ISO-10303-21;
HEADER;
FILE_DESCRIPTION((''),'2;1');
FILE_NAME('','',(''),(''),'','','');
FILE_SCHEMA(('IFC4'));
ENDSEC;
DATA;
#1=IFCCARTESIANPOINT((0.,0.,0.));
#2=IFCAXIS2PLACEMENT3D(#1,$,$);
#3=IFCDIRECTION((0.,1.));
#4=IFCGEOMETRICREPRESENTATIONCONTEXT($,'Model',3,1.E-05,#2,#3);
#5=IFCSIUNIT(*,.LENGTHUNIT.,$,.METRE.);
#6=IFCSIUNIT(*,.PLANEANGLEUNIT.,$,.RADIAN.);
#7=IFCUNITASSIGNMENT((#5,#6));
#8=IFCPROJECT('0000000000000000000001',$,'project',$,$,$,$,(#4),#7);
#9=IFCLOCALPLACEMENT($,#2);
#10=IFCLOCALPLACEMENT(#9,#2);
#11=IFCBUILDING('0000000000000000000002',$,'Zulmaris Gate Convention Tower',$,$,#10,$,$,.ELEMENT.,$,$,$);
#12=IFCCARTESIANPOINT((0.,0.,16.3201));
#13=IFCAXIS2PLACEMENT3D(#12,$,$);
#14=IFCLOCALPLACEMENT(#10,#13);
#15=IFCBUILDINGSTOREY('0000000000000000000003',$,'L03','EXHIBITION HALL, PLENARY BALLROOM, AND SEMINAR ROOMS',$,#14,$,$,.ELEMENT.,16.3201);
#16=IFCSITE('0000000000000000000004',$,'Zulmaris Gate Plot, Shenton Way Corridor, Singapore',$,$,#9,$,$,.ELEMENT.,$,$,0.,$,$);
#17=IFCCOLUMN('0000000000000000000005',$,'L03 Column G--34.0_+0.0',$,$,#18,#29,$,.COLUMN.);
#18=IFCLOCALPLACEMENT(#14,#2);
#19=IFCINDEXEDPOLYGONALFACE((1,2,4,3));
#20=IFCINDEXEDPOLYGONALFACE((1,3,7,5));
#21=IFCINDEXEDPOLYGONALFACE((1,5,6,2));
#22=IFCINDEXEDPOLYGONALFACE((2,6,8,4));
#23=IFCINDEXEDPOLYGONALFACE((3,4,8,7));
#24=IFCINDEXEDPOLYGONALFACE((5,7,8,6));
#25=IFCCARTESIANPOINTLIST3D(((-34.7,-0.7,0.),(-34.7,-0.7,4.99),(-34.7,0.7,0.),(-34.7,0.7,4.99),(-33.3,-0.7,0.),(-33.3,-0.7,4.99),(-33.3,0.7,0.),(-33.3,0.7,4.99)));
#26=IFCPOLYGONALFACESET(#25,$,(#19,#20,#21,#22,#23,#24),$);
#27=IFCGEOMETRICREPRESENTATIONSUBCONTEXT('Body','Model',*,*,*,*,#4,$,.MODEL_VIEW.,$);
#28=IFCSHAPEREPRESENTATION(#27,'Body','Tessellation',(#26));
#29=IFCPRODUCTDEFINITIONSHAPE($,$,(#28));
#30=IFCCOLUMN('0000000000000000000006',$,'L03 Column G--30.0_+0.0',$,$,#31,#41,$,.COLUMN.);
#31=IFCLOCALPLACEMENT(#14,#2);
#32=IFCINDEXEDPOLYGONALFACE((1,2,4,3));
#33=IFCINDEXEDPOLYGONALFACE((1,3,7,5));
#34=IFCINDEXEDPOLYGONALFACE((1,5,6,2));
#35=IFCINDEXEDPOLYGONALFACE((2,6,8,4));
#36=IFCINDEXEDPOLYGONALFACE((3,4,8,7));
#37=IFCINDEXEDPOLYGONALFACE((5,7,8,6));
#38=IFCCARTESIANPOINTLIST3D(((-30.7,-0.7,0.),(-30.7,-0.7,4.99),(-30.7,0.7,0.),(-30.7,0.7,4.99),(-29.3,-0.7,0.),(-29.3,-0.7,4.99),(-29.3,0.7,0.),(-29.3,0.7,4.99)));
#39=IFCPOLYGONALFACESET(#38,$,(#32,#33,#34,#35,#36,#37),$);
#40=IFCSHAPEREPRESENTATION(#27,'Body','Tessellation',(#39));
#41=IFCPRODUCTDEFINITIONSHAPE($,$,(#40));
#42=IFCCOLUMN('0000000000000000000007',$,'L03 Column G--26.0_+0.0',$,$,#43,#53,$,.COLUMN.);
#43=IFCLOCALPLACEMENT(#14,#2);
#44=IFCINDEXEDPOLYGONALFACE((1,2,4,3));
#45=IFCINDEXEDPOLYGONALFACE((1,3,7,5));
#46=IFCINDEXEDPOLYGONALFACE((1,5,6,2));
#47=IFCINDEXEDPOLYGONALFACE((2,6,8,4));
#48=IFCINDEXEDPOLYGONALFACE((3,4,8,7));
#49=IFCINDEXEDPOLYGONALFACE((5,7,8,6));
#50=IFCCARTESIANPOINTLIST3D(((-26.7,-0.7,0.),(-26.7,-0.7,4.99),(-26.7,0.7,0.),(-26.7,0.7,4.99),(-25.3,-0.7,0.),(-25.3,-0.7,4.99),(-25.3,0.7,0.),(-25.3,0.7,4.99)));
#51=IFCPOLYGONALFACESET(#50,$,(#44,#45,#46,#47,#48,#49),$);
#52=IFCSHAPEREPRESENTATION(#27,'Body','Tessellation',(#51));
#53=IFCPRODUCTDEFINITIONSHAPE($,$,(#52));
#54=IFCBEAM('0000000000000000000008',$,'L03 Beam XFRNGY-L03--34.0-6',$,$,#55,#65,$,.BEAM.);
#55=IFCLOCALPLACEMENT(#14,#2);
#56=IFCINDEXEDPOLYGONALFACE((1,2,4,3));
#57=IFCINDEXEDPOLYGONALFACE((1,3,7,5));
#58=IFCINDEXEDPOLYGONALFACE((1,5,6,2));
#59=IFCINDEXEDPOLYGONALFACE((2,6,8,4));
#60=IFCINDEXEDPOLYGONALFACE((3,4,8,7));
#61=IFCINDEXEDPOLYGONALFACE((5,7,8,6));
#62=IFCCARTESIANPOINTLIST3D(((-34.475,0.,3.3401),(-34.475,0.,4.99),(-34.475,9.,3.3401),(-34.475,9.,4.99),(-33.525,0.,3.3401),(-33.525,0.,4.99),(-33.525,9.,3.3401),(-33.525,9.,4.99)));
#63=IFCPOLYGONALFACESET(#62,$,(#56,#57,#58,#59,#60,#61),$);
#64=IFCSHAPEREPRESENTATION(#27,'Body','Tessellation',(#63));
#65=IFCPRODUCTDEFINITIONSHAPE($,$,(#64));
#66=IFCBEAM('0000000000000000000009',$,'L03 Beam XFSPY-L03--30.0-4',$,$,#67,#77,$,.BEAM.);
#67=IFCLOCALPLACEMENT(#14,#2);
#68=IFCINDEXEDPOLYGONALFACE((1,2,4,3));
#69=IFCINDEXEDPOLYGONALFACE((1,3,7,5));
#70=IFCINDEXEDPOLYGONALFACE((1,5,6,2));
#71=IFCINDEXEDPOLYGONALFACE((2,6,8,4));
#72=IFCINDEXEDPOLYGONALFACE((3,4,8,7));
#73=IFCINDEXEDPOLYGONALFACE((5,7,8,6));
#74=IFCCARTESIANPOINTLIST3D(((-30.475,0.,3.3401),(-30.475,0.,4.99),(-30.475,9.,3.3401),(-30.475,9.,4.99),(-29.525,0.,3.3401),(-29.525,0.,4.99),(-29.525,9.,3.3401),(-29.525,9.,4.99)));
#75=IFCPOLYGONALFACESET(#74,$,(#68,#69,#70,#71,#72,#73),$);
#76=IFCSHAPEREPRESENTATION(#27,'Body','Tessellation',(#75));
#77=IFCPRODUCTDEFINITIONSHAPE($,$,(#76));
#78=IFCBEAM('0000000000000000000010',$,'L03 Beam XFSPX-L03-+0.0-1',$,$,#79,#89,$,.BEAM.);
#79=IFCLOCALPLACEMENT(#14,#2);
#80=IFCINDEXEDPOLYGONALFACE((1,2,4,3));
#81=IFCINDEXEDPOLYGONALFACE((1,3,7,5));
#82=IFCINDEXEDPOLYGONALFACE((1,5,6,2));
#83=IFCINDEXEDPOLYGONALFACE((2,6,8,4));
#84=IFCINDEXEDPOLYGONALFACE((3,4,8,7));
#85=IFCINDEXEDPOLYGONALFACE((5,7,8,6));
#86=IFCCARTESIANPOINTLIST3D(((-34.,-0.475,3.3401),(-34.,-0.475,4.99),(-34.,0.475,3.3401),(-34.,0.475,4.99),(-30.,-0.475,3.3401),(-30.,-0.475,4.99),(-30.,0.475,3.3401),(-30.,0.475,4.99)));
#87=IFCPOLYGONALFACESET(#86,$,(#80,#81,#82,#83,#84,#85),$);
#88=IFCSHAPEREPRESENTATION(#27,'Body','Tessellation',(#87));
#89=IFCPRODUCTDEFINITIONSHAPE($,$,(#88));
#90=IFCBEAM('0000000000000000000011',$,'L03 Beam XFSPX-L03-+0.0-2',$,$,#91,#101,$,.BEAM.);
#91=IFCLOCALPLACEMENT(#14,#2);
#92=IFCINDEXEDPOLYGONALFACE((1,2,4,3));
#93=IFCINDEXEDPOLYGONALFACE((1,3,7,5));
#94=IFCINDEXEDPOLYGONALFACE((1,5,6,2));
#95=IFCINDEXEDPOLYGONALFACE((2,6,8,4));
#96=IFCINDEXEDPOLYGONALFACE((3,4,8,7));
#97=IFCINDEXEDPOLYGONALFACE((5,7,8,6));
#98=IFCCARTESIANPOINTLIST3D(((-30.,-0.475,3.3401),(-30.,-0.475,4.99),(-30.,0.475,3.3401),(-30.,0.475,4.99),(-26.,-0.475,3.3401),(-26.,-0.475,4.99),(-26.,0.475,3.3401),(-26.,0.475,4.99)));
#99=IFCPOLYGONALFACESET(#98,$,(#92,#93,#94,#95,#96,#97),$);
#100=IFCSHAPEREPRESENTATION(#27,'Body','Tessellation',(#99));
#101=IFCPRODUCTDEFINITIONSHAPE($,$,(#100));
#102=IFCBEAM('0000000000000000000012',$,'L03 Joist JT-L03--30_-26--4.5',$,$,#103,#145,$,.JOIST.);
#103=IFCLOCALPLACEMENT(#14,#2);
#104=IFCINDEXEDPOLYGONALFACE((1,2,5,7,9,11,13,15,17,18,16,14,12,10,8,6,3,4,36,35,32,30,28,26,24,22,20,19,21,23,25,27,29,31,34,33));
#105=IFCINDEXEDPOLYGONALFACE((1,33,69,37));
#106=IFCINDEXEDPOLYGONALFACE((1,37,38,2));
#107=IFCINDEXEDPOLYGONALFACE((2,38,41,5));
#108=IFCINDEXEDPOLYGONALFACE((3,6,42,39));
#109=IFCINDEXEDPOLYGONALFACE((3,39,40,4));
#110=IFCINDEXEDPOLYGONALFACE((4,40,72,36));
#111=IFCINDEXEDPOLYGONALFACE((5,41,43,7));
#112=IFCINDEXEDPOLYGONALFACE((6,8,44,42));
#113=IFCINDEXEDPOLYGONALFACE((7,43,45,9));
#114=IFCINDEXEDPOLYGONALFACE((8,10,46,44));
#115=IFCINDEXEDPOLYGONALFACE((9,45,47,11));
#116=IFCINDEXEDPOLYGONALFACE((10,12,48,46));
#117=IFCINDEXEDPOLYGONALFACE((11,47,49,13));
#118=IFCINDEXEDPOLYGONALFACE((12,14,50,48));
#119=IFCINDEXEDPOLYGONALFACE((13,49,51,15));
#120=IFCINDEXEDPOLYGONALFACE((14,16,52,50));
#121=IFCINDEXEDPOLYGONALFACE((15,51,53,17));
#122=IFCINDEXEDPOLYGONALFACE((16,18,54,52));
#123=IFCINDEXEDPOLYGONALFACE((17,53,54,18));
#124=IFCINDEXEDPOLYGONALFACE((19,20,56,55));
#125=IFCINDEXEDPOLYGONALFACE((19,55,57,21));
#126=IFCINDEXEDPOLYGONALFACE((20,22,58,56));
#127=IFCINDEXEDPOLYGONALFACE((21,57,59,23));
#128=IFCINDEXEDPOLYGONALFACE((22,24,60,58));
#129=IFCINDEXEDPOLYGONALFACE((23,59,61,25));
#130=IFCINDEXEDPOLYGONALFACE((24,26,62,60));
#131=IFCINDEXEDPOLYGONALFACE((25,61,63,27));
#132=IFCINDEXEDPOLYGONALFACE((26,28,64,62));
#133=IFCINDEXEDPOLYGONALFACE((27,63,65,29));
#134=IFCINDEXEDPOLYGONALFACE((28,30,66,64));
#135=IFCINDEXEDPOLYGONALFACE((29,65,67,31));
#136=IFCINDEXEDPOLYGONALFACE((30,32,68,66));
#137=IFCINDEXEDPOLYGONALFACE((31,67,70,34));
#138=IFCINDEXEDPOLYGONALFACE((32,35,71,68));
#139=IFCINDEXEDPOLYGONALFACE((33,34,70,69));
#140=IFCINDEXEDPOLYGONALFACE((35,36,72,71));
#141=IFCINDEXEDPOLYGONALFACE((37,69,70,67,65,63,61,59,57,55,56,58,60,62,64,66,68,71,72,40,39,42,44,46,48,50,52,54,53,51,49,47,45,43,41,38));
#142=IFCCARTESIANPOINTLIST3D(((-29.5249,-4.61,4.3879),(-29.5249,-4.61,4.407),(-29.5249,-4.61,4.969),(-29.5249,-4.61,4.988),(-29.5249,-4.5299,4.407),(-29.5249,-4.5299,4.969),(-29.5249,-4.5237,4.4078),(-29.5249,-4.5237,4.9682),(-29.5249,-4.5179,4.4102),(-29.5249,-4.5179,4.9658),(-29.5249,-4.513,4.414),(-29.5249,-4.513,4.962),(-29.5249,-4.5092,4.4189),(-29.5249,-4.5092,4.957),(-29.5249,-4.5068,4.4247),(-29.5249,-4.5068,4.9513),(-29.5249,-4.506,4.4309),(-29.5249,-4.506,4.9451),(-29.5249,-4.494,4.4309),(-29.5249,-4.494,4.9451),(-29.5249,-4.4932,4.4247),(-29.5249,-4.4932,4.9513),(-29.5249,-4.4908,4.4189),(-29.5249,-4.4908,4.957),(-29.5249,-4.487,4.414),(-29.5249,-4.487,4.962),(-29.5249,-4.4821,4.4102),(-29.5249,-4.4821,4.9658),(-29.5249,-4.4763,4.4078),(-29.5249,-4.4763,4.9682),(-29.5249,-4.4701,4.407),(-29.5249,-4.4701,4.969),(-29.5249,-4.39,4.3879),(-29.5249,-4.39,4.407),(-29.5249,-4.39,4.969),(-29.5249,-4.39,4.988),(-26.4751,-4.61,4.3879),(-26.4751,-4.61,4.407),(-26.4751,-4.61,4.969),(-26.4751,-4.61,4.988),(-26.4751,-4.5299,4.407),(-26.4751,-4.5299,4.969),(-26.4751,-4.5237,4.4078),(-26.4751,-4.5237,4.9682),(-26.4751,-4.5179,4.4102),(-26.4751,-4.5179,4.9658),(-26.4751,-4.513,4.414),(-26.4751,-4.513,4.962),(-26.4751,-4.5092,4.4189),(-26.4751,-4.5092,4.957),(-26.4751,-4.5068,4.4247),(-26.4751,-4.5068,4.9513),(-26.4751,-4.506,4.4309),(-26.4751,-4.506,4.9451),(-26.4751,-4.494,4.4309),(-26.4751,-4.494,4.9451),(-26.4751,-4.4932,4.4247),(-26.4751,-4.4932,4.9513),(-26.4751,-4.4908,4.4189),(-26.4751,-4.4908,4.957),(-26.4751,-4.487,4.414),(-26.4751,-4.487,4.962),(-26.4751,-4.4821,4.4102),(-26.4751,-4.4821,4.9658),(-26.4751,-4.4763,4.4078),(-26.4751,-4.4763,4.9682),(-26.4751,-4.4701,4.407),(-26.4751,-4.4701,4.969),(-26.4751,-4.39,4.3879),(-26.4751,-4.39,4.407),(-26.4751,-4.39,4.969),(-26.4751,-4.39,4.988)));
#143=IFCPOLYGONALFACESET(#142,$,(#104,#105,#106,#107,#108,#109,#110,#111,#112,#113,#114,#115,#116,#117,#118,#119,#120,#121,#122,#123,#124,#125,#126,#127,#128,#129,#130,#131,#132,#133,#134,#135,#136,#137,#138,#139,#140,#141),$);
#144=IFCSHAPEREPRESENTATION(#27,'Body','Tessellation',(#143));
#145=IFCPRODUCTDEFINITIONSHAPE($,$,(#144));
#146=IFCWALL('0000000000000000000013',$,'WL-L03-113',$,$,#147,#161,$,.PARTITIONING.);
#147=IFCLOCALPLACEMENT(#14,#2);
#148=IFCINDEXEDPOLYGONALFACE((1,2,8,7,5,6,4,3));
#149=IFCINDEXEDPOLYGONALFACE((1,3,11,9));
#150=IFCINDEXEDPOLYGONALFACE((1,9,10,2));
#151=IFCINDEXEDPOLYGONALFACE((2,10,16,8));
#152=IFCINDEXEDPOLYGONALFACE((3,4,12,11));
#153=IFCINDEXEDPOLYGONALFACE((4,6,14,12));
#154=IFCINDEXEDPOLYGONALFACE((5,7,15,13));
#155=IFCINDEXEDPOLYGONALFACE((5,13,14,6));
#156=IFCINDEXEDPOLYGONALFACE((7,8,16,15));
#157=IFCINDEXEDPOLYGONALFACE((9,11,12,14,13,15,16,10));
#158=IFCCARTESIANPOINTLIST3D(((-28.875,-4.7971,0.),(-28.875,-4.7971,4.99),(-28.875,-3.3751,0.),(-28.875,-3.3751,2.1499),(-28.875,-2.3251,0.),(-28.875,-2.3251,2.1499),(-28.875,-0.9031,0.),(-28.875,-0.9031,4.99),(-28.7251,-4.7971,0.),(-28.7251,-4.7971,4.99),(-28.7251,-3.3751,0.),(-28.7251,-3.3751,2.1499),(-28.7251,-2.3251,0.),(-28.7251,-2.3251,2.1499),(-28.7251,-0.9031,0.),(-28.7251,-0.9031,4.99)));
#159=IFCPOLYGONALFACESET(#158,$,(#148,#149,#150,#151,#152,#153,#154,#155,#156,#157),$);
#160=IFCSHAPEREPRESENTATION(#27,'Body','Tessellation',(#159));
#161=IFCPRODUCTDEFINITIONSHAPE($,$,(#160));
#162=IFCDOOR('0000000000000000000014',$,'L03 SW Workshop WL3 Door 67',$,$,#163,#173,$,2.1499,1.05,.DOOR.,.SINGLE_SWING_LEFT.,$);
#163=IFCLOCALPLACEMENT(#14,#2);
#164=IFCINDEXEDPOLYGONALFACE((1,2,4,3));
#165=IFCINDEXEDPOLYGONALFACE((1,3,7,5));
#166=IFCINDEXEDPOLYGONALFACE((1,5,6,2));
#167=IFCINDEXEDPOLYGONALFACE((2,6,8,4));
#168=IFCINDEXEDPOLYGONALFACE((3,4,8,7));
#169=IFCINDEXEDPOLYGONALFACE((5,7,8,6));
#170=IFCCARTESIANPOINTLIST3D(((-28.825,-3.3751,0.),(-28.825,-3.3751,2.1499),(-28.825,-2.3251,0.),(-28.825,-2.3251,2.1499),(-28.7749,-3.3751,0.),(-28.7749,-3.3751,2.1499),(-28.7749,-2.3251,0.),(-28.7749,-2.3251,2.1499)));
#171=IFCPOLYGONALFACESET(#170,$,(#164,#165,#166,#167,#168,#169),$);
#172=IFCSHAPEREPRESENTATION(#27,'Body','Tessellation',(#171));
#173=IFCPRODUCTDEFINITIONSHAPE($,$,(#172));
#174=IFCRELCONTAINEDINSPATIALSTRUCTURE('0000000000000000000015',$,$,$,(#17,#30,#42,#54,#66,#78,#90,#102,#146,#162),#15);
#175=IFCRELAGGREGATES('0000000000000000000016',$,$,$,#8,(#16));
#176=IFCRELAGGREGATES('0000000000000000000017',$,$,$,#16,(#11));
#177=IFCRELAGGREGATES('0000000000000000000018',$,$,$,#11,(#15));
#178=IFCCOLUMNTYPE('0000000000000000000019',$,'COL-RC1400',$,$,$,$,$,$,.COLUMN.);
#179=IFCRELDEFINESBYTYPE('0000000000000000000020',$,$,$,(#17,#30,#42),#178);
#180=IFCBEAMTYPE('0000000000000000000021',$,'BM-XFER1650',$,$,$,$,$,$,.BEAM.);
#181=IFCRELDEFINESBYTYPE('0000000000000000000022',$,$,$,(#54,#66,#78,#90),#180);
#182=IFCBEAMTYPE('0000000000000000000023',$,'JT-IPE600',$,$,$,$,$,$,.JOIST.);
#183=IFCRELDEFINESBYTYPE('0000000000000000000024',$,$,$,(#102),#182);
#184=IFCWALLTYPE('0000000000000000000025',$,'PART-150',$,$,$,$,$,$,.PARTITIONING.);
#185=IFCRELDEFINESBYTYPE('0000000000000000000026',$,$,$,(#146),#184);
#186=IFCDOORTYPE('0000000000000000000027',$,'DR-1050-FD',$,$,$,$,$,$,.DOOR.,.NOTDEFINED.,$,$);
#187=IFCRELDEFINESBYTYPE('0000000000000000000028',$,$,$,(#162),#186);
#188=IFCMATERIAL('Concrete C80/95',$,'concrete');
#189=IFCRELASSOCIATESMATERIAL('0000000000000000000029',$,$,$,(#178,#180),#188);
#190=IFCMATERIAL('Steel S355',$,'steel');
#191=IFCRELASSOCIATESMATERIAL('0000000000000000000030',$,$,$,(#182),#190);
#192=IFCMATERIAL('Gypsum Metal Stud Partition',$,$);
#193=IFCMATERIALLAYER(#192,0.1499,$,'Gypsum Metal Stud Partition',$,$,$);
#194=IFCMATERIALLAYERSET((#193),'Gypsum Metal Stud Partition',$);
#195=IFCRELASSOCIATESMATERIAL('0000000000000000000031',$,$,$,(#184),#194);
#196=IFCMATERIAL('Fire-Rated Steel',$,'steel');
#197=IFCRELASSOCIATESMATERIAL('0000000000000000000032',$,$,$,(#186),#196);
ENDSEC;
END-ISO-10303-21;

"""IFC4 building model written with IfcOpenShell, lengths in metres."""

from ifc_helpers import new_model, si_unit, direction, frame, frame_2d, origin, origin_2d, place, context, subcontext, project, spatial, rectangle, i_section, extrude, material, layer, layer_set, material_profile, profile_set, type_object, element, fill, save


model = new_model("IFC4")

# Units and contexts
model_context = context("Model", 3, precision=1e-05, world=origin(), true_north=direction((0.0, 1.0)))
body_context = subcontext(model_context, "Body", "Model", "MODEL_VIEW")
ifc_project = project(units=[si_unit("LENGTHUNIT", "METRE"), si_unit("PLANEANGLEUNIT", "RADIAN")], contexts=[model_context])

# Site, building, storey
site_placement = place(None, origin())
site = spatial("IfcSite", under=ifc_project, at=site_placement, Name="Zulmaris Gate Plot, Shenton Way Corridor, Singapore", CompositionType="ELEMENT", RefElevation=0.0)
building_placement = place(site_placement, origin())
building = spatial("IfcBuilding", under=site, at=building_placement, Name="Zulmaris Gate Convention Tower", CompositionType="ELEMENT")
storey_placement = place(building_placement, frame((0.0, 0.0, 16.3201)))
storey = spatial("IfcBuildingStorey", under=building, at=storey_placement, Name="L03", Description="EXHIBITION HALL, PLENARY BALLROOM, AND SEMINAR ROOMS", CompositionType="ELEMENT", Elevation=16.3201)

# Columns
ifc_material_1 = material(Name="Concrete C80/95", Category="concrete")
ifc_material_profile_1 = material_profile(ifc_material_1, rectangle(XDim=1.3999, YDim=1.3999, at=origin_2d()), Name="RC COL 1400x1400")
ifc_profile_set_1 = profile_set([ifc_material_profile_1], Name="Concrete C80/95")
column_type = type_object("IfcColumnType", Name="COL-RC1400", PredefinedType="COLUMN", material=ifc_profile_set_1)
for number, where, z_axis, x_axis, name in (
    (1, (-34.0, 0.0, 0.0), (0.0, 0.0, 1.0), (1.0, 0.0, 0.0), "L03 Column G--34.0_+0.0"),
    (2, (-30.0, 0.0, 0.0), (0.0, 0.0, 1.0), (1.0, 0.0, 0.0), "L03 Column G--30.0_+0.0"),
    (3, (-26.0, 0.0, 0.0), (0.0, 0.0, 1.0), (1.0, 0.0, 0.0), "L03 Column G--26.0_+0.0"),
):
    element("IfcColumn", number, at=place(storey_placement, frame(where, z_axis=z_axis, x_axis=x_axis)), inside=storey, type_object=column_type, Name=name, PredefinedType="COLUMN", context=body_context, shape_type="SweptSolid", body=[
        extrude(rectangle(XDim=1.3999, YDim=1.3999, at=origin_2d()), origin(), (0.0, 0.0, 1.0), 4.99),
    ])

# Beams
ifc_material_profile_2 = material_profile(ifc_material_1, rectangle(XDim=0.95, YDim=1.6499, at=origin_2d()), Name="RC TRANSFER 950x1650")
ifc_profile_set_2 = profile_set([ifc_material_profile_2], Name="Concrete C80/95")
beam_type_1 = type_object("IfcBeamType", Name="BM-XFER1650", PredefinedType="BEAM", material=ifc_profile_set_2)
for number, where, z_axis, x_axis, name in (
    (4, (-34.0, 0.0, 4.165), (0.0, 1.0, 0.0), (-1.0, 0.0, 0.0), "L03 Beam XFRNGY-L03--34.0-6"),
    (5, (-30.0, 0.0, 4.165), (0.0, 1.0, 0.0), (-1.0, 0.0, 0.0), "L03 Beam XFSPY-L03--30.0-4"),
):
    element("IfcBeam", number, at=place(storey_placement, frame(where, z_axis=z_axis, x_axis=x_axis)), inside=storey, type_object=beam_type_1, Name=name, PredefinedType="BEAM", context=body_context, shape_type="SweptSolid", body=[
        extrude(rectangle(XDim=0.95, YDim=1.6499, at=origin_2d()), origin(), (0.0, 0.0, 1.0), 9.0),
    ])
for number, where, z_axis, x_axis, name in (
    (6, (-34.0, 0.0, 4.165), (1.0, 0.0, 0.0), (0.0, 1.0, 0.0), "L03 Beam XFSPX-L03-+0.0-1"),
    (7, (-30.0, 0.0, 4.165), (1.0, 0.0, 0.0), (0.0, 1.0, 0.0), "L03 Beam XFSPX-L03-+0.0-2"),
):
    element("IfcBeam", number, at=place(storey_placement, frame(where, z_axis=z_axis, x_axis=x_axis)), inside=storey, type_object=beam_type_1, Name=name, PredefinedType="BEAM", context=body_context, shape_type="SweptSolid", body=[
        extrude(rectangle(XDim=0.95, YDim=1.6499, at=origin_2d()), origin(), (0.0, 0.0, 1.0), 4.0),
    ])
ifc_material_2 = material(Name="Steel S355", Category="steel")
ifc_material_profile_3 = material_profile(ifc_material_2, i_section(OverallWidth=0.22, OverallDepth=0.6001, WebThickness=0.012, FlangeThickness=0.019, FilletRadius=0.0239, at=origin_2d()), Name="IPE 600")
ifc_profile_set_3 = profile_set([ifc_material_profile_3], Name="Steel S355")
beam_type_2 = type_object("IfcBeamType", Name="JT-IPE600", PredefinedType="JOIST", material=ifc_profile_set_3)
beam_placement = place(storey_placement, frame((-29.5249, -4.5, 4.688), z_axis=(1.0, 0.0, 0.0), x_axis=(0.0, 1.0, 0.0)))
element("IfcBeam", 8, at=beam_placement, inside=storey, type_object=beam_type_2, Name="L03 Joist JT-L03--30_-26--4.5", PredefinedType="JOIST", context=body_context, shape_type="SweptSolid", body=[
    extrude(i_section(OverallWidth=0.22, OverallDepth=0.6001, WebThickness=0.012, FlangeThickness=0.019, FilletRadius=0.0239, at=origin_2d()), origin(), (0.0, 0.0, 1.0), 3.0498),
])

# Wall, opening, door
ifc_material_3 = material(Name="Gypsum Metal Stud Partition")
ifc_layer_1 = layer(ifc_material_3, 0.1499, Name="Gypsum Metal Stud Partition")
ifc_layer_set_1 = layer_set([ifc_layer_1], Name="Gypsum Metal Stud Partition")
wall_type_1 = type_object("IfcWallType", Name="PART-150", PredefinedType="PARTITIONING", material=ifc_layer_set_1)
wall_1_placement = place(storey_placement, frame((-28.8, -4.7971, 0.0), z_axis=(0.0, 0.0, 1.0), x_axis=(0.0, 1.0, 0.0)))
wall_1 = element("IfcWall", 9, at=wall_1_placement, inside=storey, type_object=wall_type_1, Name="WL-L03-113", PredefinedType="PARTITIONING", context=body_context, shape_type="SweptSolid", body=[
    extrude(rectangle(XDim=3.894, YDim=0.1499, at=frame_2d((1.947, 0.0))), origin(), (0.0, 0.0, 1.0), 4.99),
])
opening_1_placement = place(wall_1_placement, frame((1.4221, 0.0, 0.0)))
opening_1 = element("IfcOpeningElement", 10, at=opening_1_placement, cuts=wall_1, PredefinedType="OPENING", context=body_context, shape_type="SweptSolid", body=[
    extrude(rectangle(XDim=1.05, YDim=2.1499, at=frame_2d((0.5249, 1.075))), frame((0.0, 0.085, 0.0), z_axis=(0.0, -1.0, 0.0), x_axis=(1.0, 0.0, 0.0)), (0.0, 0.0, 1.0), 0.1699),
])
ifc_material_4 = material(Name="Fire-Rated Steel", Category="steel")
door_type_1 = type_object("IfcDoorType", Name="DR-1050-FD", OperationType="NOTDEFINED", PredefinedType="DOOR", material=ifc_material_4)
door_1_placement = place(opening_1_placement, origin())
door_1 = element("IfcDoor", 11, at=door_1_placement, inside=storey, type_object=door_type_1, Name="L03 SW Workshop WL3 Door 67", OperationType="SINGLE_SWING_LEFT", OverallHeight=2.1499, OverallWidth=1.05, PredefinedType="DOOR", context=body_context, shape_type="SweptSolid", body=[
    extrude(rectangle(XDim=1.05, YDim=2.1499, at=frame_2d((0.5249, 1.075))), frame((0.0, 0.0249, 0.0), z_axis=(0.0, -1.0, 0.0), x_axis=(1.0, 0.0, 0.0)), (0.0, 0.0, 1.0), 0.05),
])
fill(opening_1, door_1)

save(model, "model.ifc")
